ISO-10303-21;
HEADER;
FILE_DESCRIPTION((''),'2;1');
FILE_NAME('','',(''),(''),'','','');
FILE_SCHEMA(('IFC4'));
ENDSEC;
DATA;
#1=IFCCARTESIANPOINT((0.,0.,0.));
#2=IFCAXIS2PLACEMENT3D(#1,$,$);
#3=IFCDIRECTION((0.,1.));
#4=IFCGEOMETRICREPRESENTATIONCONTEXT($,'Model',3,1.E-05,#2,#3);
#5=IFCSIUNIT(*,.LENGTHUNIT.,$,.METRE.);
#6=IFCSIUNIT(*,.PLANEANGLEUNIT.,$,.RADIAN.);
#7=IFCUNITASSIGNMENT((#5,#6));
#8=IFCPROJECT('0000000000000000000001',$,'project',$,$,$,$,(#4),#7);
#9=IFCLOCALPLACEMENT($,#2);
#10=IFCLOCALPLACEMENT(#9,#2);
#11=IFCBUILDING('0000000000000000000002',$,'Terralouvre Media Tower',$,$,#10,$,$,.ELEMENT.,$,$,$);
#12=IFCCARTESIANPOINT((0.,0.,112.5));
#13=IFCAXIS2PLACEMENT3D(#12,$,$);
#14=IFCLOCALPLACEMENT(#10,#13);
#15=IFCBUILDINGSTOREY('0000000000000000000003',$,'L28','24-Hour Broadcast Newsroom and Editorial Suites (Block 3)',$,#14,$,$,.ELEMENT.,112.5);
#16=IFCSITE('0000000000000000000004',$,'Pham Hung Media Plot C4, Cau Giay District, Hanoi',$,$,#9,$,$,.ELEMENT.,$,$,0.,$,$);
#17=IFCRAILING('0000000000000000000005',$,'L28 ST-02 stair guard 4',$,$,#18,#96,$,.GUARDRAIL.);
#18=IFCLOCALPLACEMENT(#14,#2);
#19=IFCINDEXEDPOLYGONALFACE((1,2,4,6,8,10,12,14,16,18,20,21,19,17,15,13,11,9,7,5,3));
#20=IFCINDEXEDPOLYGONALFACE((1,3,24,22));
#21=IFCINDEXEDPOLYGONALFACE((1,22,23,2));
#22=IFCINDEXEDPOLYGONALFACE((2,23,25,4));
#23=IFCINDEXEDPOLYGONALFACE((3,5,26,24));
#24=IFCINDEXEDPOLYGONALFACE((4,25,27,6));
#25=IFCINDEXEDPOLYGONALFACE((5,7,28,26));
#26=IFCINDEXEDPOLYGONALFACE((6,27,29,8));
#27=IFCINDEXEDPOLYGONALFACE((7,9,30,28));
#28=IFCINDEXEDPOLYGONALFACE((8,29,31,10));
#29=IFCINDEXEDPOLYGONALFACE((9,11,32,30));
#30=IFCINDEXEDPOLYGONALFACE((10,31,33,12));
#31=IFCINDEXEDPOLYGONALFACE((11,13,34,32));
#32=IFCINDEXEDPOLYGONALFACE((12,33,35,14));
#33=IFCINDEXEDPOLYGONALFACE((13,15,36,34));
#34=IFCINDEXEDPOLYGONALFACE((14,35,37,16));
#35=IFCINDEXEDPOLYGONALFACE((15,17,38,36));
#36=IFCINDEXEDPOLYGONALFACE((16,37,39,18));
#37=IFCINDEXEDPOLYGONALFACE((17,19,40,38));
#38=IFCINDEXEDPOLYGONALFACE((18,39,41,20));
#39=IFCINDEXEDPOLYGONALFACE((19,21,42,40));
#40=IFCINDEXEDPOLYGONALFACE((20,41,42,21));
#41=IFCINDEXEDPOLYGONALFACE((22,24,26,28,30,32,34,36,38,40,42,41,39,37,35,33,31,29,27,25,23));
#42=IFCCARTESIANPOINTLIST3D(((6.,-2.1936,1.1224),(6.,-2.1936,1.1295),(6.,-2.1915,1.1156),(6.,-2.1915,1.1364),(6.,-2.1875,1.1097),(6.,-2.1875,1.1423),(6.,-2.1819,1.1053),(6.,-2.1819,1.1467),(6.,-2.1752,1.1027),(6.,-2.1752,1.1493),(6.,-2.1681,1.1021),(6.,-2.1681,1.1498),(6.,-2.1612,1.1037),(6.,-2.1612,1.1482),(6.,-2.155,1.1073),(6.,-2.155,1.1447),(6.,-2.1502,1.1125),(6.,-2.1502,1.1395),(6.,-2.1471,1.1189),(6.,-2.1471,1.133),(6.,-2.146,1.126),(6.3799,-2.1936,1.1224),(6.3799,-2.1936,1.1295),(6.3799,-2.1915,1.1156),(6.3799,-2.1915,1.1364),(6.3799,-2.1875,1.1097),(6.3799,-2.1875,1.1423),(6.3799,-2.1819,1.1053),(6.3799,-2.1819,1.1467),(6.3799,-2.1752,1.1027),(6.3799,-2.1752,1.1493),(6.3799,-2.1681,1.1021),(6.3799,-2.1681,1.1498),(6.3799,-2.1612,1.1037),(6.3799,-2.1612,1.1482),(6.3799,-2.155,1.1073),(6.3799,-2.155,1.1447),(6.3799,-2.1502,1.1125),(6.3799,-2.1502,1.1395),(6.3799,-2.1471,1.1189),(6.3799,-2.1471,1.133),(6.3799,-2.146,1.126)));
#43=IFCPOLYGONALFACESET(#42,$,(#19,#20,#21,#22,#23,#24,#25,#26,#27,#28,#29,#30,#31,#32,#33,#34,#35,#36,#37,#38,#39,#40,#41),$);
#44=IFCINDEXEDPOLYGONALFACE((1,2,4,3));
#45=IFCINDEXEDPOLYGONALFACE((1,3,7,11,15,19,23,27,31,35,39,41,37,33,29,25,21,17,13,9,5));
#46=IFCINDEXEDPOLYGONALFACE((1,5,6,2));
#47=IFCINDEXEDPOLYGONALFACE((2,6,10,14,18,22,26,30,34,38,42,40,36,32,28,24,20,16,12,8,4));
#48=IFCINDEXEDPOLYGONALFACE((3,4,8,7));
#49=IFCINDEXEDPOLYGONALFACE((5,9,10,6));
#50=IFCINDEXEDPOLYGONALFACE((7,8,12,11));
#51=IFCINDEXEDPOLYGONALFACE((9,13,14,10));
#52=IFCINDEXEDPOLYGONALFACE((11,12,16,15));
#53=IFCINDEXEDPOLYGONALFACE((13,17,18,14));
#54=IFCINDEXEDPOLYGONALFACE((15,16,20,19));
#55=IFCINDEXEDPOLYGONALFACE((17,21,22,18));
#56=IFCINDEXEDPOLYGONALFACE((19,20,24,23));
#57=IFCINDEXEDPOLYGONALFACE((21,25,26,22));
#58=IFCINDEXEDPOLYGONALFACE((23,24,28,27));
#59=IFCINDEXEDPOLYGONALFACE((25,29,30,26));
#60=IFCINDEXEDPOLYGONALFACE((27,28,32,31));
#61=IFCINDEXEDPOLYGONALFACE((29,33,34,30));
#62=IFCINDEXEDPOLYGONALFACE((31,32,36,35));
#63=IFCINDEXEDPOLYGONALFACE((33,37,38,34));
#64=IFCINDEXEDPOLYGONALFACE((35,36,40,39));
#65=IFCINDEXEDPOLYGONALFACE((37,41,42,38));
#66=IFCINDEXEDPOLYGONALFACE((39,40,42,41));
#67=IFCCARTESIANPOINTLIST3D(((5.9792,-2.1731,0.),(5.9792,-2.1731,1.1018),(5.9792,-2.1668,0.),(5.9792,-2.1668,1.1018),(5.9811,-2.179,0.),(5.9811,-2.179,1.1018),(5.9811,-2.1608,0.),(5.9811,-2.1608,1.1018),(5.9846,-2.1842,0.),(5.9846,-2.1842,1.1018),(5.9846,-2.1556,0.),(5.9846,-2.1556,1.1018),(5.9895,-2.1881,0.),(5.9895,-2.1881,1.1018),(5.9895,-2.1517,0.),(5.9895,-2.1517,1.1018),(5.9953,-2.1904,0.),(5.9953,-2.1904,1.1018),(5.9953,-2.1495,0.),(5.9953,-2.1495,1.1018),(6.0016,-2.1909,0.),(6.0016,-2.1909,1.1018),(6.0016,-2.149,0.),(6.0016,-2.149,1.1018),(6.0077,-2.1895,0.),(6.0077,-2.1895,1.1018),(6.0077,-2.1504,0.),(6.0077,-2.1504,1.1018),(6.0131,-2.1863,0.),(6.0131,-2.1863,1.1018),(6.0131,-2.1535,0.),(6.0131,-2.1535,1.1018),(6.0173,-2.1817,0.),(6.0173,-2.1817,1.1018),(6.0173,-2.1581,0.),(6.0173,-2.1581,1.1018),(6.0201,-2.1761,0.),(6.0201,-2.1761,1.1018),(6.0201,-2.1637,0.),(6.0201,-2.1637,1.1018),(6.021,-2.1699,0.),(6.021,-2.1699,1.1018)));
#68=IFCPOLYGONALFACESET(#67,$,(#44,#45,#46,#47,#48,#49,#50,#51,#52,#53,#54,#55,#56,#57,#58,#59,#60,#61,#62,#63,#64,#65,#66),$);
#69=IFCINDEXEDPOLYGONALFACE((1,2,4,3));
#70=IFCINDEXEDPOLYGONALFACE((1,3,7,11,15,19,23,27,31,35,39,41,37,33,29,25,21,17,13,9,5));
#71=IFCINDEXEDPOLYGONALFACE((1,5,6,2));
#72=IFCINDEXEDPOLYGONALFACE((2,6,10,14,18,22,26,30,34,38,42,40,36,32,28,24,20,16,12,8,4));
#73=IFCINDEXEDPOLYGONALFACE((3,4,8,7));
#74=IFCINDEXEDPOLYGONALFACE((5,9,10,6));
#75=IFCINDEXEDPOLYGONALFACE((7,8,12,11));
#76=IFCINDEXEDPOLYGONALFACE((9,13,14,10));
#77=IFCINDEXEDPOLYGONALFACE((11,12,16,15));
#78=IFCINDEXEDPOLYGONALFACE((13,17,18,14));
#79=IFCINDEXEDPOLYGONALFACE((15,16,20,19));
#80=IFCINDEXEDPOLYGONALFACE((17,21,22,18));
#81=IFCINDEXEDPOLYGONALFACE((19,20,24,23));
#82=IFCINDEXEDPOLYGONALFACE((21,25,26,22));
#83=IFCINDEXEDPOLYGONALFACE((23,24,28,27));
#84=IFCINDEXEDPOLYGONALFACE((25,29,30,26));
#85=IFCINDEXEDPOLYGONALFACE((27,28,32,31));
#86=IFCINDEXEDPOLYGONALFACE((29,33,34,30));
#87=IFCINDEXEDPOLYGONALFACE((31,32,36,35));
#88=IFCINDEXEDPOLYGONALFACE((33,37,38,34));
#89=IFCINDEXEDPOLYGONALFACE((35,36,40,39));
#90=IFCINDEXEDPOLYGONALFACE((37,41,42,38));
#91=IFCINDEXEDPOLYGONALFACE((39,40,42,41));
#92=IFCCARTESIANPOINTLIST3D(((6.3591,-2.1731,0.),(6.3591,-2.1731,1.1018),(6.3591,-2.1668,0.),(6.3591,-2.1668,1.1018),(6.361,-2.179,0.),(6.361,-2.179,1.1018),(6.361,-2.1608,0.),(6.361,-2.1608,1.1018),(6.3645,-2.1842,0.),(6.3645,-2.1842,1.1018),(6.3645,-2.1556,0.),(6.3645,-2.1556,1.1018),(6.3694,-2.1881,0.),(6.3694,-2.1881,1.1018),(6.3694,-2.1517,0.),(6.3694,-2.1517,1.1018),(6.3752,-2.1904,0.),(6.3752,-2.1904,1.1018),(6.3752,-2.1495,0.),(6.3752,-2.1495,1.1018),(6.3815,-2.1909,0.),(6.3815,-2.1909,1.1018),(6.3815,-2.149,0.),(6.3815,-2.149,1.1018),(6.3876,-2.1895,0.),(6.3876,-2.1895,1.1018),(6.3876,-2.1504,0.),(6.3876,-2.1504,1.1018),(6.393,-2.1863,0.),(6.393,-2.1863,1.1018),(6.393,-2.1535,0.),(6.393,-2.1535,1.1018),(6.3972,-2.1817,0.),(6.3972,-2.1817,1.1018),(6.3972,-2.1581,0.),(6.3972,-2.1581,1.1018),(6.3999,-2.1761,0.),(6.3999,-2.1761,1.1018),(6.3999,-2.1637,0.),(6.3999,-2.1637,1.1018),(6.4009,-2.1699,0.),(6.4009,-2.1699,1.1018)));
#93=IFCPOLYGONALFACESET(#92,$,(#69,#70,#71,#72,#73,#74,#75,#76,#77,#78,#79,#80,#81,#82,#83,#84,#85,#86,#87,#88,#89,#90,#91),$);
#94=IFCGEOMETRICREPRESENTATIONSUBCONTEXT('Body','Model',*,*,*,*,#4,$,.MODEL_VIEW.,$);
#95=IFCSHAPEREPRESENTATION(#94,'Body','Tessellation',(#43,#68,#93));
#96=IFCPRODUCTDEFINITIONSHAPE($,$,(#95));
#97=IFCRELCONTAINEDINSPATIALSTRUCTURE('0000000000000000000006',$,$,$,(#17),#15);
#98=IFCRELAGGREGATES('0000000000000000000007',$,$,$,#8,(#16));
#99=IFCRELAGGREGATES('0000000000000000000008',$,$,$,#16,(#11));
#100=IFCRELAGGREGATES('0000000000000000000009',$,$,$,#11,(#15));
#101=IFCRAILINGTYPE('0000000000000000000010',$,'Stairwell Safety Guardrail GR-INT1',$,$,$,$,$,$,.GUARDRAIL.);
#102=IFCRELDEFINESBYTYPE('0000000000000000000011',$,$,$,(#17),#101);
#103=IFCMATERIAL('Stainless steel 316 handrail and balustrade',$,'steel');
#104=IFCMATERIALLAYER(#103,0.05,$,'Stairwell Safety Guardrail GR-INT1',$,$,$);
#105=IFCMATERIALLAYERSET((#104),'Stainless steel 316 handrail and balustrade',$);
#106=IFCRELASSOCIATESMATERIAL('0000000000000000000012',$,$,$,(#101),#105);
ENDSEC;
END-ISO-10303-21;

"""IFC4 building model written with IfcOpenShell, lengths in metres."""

from ifc_helpers import new_model, si_unit, direction, frame, origin, origin_2d, place, context, subcontext, project, spatial, circle, extrude, material, layer, layer_set, type_object, element, save


model = new_model("IFC4")

# Units and contexts
model_context = context("Model", 3, precision=1e-05, world=origin(), true_north=direction((0.0, 1.0)))
body_context = subcontext(model_context, "Body", "Model", "MODEL_VIEW")
ifc_project = project(units=[si_unit("LENGTHUNIT", "METRE"), si_unit("PLANEANGLEUNIT", "RADIAN")], contexts=[model_context])

# Site, building, storey
site_placement = place(None, origin())
site = spatial("IfcSite", under=ifc_project, at=site_placement, Name="Pham Hung Media Plot C4, Cau Giay District, Hanoi", CompositionType="ELEMENT", RefElevation=0.0)
building_placement = place(site_placement, origin())
building = spatial("IfcBuilding", under=site, at=building_placement, Name="Terralouvre Media Tower", CompositionType="ELEMENT")
storey_placement = place(building_placement, frame((0.0, 0.0, 112.5)))
storey = spatial("IfcBuildingStorey", under=building, at=storey_placement, Name="L28", Description="24-Hour Broadcast Newsroom and Editorial Suites (Block 3)", CompositionType="ELEMENT", Elevation=112.5)

# Railing
ifc_material_1 = material(Name="Stainless steel 316 handrail and balustrade", Category="steel")
ifc_layer_1 = layer(ifc_material_1, 0.05, Name="Stairwell Safety Guardrail GR-INT1")
ifc_layer_set_1 = layer_set([ifc_layer_1], Name="Stainless steel 316 handrail and balustrade")
railing_type_1 = type_object("IfcRailingType", Name="Stairwell Safety Guardrail GR-INT1", PredefinedType="GUARDRAIL", material=ifc_layer_set_1)
railing_1_placement = place(storey_placement, frame((6.0, -2.1699, 0.0)))
element("IfcRailing", 1, at=railing_1_placement, inside=storey, type_object=railing_type_1, Name="L28 ST-02 stair guard 4", PredefinedType="GUARDRAIL", context=body_context, shape_type="SweptSolid", body=[
    extrude(circle(Radius=0.0239, at=origin_2d()), frame((0.0, 0.0, 1.126), z_axis=(1.0, 0.0, 0.0), x_axis=(0.0, 1.0, 0.0)), (0.0, 0.0, 1.0), 0.3799),
    extrude(circle(Radius=0.021, at=origin_2d()), origin(), (0.0, 0.0, 1.0), 1.1018),
    extrude(circle(Radius=0.021, at=origin_2d()), frame((0.3799, 0.0, 0.0)), (0.0, 0.0, 1.0), 1.1018),
])

save(model, "model.ifc")
